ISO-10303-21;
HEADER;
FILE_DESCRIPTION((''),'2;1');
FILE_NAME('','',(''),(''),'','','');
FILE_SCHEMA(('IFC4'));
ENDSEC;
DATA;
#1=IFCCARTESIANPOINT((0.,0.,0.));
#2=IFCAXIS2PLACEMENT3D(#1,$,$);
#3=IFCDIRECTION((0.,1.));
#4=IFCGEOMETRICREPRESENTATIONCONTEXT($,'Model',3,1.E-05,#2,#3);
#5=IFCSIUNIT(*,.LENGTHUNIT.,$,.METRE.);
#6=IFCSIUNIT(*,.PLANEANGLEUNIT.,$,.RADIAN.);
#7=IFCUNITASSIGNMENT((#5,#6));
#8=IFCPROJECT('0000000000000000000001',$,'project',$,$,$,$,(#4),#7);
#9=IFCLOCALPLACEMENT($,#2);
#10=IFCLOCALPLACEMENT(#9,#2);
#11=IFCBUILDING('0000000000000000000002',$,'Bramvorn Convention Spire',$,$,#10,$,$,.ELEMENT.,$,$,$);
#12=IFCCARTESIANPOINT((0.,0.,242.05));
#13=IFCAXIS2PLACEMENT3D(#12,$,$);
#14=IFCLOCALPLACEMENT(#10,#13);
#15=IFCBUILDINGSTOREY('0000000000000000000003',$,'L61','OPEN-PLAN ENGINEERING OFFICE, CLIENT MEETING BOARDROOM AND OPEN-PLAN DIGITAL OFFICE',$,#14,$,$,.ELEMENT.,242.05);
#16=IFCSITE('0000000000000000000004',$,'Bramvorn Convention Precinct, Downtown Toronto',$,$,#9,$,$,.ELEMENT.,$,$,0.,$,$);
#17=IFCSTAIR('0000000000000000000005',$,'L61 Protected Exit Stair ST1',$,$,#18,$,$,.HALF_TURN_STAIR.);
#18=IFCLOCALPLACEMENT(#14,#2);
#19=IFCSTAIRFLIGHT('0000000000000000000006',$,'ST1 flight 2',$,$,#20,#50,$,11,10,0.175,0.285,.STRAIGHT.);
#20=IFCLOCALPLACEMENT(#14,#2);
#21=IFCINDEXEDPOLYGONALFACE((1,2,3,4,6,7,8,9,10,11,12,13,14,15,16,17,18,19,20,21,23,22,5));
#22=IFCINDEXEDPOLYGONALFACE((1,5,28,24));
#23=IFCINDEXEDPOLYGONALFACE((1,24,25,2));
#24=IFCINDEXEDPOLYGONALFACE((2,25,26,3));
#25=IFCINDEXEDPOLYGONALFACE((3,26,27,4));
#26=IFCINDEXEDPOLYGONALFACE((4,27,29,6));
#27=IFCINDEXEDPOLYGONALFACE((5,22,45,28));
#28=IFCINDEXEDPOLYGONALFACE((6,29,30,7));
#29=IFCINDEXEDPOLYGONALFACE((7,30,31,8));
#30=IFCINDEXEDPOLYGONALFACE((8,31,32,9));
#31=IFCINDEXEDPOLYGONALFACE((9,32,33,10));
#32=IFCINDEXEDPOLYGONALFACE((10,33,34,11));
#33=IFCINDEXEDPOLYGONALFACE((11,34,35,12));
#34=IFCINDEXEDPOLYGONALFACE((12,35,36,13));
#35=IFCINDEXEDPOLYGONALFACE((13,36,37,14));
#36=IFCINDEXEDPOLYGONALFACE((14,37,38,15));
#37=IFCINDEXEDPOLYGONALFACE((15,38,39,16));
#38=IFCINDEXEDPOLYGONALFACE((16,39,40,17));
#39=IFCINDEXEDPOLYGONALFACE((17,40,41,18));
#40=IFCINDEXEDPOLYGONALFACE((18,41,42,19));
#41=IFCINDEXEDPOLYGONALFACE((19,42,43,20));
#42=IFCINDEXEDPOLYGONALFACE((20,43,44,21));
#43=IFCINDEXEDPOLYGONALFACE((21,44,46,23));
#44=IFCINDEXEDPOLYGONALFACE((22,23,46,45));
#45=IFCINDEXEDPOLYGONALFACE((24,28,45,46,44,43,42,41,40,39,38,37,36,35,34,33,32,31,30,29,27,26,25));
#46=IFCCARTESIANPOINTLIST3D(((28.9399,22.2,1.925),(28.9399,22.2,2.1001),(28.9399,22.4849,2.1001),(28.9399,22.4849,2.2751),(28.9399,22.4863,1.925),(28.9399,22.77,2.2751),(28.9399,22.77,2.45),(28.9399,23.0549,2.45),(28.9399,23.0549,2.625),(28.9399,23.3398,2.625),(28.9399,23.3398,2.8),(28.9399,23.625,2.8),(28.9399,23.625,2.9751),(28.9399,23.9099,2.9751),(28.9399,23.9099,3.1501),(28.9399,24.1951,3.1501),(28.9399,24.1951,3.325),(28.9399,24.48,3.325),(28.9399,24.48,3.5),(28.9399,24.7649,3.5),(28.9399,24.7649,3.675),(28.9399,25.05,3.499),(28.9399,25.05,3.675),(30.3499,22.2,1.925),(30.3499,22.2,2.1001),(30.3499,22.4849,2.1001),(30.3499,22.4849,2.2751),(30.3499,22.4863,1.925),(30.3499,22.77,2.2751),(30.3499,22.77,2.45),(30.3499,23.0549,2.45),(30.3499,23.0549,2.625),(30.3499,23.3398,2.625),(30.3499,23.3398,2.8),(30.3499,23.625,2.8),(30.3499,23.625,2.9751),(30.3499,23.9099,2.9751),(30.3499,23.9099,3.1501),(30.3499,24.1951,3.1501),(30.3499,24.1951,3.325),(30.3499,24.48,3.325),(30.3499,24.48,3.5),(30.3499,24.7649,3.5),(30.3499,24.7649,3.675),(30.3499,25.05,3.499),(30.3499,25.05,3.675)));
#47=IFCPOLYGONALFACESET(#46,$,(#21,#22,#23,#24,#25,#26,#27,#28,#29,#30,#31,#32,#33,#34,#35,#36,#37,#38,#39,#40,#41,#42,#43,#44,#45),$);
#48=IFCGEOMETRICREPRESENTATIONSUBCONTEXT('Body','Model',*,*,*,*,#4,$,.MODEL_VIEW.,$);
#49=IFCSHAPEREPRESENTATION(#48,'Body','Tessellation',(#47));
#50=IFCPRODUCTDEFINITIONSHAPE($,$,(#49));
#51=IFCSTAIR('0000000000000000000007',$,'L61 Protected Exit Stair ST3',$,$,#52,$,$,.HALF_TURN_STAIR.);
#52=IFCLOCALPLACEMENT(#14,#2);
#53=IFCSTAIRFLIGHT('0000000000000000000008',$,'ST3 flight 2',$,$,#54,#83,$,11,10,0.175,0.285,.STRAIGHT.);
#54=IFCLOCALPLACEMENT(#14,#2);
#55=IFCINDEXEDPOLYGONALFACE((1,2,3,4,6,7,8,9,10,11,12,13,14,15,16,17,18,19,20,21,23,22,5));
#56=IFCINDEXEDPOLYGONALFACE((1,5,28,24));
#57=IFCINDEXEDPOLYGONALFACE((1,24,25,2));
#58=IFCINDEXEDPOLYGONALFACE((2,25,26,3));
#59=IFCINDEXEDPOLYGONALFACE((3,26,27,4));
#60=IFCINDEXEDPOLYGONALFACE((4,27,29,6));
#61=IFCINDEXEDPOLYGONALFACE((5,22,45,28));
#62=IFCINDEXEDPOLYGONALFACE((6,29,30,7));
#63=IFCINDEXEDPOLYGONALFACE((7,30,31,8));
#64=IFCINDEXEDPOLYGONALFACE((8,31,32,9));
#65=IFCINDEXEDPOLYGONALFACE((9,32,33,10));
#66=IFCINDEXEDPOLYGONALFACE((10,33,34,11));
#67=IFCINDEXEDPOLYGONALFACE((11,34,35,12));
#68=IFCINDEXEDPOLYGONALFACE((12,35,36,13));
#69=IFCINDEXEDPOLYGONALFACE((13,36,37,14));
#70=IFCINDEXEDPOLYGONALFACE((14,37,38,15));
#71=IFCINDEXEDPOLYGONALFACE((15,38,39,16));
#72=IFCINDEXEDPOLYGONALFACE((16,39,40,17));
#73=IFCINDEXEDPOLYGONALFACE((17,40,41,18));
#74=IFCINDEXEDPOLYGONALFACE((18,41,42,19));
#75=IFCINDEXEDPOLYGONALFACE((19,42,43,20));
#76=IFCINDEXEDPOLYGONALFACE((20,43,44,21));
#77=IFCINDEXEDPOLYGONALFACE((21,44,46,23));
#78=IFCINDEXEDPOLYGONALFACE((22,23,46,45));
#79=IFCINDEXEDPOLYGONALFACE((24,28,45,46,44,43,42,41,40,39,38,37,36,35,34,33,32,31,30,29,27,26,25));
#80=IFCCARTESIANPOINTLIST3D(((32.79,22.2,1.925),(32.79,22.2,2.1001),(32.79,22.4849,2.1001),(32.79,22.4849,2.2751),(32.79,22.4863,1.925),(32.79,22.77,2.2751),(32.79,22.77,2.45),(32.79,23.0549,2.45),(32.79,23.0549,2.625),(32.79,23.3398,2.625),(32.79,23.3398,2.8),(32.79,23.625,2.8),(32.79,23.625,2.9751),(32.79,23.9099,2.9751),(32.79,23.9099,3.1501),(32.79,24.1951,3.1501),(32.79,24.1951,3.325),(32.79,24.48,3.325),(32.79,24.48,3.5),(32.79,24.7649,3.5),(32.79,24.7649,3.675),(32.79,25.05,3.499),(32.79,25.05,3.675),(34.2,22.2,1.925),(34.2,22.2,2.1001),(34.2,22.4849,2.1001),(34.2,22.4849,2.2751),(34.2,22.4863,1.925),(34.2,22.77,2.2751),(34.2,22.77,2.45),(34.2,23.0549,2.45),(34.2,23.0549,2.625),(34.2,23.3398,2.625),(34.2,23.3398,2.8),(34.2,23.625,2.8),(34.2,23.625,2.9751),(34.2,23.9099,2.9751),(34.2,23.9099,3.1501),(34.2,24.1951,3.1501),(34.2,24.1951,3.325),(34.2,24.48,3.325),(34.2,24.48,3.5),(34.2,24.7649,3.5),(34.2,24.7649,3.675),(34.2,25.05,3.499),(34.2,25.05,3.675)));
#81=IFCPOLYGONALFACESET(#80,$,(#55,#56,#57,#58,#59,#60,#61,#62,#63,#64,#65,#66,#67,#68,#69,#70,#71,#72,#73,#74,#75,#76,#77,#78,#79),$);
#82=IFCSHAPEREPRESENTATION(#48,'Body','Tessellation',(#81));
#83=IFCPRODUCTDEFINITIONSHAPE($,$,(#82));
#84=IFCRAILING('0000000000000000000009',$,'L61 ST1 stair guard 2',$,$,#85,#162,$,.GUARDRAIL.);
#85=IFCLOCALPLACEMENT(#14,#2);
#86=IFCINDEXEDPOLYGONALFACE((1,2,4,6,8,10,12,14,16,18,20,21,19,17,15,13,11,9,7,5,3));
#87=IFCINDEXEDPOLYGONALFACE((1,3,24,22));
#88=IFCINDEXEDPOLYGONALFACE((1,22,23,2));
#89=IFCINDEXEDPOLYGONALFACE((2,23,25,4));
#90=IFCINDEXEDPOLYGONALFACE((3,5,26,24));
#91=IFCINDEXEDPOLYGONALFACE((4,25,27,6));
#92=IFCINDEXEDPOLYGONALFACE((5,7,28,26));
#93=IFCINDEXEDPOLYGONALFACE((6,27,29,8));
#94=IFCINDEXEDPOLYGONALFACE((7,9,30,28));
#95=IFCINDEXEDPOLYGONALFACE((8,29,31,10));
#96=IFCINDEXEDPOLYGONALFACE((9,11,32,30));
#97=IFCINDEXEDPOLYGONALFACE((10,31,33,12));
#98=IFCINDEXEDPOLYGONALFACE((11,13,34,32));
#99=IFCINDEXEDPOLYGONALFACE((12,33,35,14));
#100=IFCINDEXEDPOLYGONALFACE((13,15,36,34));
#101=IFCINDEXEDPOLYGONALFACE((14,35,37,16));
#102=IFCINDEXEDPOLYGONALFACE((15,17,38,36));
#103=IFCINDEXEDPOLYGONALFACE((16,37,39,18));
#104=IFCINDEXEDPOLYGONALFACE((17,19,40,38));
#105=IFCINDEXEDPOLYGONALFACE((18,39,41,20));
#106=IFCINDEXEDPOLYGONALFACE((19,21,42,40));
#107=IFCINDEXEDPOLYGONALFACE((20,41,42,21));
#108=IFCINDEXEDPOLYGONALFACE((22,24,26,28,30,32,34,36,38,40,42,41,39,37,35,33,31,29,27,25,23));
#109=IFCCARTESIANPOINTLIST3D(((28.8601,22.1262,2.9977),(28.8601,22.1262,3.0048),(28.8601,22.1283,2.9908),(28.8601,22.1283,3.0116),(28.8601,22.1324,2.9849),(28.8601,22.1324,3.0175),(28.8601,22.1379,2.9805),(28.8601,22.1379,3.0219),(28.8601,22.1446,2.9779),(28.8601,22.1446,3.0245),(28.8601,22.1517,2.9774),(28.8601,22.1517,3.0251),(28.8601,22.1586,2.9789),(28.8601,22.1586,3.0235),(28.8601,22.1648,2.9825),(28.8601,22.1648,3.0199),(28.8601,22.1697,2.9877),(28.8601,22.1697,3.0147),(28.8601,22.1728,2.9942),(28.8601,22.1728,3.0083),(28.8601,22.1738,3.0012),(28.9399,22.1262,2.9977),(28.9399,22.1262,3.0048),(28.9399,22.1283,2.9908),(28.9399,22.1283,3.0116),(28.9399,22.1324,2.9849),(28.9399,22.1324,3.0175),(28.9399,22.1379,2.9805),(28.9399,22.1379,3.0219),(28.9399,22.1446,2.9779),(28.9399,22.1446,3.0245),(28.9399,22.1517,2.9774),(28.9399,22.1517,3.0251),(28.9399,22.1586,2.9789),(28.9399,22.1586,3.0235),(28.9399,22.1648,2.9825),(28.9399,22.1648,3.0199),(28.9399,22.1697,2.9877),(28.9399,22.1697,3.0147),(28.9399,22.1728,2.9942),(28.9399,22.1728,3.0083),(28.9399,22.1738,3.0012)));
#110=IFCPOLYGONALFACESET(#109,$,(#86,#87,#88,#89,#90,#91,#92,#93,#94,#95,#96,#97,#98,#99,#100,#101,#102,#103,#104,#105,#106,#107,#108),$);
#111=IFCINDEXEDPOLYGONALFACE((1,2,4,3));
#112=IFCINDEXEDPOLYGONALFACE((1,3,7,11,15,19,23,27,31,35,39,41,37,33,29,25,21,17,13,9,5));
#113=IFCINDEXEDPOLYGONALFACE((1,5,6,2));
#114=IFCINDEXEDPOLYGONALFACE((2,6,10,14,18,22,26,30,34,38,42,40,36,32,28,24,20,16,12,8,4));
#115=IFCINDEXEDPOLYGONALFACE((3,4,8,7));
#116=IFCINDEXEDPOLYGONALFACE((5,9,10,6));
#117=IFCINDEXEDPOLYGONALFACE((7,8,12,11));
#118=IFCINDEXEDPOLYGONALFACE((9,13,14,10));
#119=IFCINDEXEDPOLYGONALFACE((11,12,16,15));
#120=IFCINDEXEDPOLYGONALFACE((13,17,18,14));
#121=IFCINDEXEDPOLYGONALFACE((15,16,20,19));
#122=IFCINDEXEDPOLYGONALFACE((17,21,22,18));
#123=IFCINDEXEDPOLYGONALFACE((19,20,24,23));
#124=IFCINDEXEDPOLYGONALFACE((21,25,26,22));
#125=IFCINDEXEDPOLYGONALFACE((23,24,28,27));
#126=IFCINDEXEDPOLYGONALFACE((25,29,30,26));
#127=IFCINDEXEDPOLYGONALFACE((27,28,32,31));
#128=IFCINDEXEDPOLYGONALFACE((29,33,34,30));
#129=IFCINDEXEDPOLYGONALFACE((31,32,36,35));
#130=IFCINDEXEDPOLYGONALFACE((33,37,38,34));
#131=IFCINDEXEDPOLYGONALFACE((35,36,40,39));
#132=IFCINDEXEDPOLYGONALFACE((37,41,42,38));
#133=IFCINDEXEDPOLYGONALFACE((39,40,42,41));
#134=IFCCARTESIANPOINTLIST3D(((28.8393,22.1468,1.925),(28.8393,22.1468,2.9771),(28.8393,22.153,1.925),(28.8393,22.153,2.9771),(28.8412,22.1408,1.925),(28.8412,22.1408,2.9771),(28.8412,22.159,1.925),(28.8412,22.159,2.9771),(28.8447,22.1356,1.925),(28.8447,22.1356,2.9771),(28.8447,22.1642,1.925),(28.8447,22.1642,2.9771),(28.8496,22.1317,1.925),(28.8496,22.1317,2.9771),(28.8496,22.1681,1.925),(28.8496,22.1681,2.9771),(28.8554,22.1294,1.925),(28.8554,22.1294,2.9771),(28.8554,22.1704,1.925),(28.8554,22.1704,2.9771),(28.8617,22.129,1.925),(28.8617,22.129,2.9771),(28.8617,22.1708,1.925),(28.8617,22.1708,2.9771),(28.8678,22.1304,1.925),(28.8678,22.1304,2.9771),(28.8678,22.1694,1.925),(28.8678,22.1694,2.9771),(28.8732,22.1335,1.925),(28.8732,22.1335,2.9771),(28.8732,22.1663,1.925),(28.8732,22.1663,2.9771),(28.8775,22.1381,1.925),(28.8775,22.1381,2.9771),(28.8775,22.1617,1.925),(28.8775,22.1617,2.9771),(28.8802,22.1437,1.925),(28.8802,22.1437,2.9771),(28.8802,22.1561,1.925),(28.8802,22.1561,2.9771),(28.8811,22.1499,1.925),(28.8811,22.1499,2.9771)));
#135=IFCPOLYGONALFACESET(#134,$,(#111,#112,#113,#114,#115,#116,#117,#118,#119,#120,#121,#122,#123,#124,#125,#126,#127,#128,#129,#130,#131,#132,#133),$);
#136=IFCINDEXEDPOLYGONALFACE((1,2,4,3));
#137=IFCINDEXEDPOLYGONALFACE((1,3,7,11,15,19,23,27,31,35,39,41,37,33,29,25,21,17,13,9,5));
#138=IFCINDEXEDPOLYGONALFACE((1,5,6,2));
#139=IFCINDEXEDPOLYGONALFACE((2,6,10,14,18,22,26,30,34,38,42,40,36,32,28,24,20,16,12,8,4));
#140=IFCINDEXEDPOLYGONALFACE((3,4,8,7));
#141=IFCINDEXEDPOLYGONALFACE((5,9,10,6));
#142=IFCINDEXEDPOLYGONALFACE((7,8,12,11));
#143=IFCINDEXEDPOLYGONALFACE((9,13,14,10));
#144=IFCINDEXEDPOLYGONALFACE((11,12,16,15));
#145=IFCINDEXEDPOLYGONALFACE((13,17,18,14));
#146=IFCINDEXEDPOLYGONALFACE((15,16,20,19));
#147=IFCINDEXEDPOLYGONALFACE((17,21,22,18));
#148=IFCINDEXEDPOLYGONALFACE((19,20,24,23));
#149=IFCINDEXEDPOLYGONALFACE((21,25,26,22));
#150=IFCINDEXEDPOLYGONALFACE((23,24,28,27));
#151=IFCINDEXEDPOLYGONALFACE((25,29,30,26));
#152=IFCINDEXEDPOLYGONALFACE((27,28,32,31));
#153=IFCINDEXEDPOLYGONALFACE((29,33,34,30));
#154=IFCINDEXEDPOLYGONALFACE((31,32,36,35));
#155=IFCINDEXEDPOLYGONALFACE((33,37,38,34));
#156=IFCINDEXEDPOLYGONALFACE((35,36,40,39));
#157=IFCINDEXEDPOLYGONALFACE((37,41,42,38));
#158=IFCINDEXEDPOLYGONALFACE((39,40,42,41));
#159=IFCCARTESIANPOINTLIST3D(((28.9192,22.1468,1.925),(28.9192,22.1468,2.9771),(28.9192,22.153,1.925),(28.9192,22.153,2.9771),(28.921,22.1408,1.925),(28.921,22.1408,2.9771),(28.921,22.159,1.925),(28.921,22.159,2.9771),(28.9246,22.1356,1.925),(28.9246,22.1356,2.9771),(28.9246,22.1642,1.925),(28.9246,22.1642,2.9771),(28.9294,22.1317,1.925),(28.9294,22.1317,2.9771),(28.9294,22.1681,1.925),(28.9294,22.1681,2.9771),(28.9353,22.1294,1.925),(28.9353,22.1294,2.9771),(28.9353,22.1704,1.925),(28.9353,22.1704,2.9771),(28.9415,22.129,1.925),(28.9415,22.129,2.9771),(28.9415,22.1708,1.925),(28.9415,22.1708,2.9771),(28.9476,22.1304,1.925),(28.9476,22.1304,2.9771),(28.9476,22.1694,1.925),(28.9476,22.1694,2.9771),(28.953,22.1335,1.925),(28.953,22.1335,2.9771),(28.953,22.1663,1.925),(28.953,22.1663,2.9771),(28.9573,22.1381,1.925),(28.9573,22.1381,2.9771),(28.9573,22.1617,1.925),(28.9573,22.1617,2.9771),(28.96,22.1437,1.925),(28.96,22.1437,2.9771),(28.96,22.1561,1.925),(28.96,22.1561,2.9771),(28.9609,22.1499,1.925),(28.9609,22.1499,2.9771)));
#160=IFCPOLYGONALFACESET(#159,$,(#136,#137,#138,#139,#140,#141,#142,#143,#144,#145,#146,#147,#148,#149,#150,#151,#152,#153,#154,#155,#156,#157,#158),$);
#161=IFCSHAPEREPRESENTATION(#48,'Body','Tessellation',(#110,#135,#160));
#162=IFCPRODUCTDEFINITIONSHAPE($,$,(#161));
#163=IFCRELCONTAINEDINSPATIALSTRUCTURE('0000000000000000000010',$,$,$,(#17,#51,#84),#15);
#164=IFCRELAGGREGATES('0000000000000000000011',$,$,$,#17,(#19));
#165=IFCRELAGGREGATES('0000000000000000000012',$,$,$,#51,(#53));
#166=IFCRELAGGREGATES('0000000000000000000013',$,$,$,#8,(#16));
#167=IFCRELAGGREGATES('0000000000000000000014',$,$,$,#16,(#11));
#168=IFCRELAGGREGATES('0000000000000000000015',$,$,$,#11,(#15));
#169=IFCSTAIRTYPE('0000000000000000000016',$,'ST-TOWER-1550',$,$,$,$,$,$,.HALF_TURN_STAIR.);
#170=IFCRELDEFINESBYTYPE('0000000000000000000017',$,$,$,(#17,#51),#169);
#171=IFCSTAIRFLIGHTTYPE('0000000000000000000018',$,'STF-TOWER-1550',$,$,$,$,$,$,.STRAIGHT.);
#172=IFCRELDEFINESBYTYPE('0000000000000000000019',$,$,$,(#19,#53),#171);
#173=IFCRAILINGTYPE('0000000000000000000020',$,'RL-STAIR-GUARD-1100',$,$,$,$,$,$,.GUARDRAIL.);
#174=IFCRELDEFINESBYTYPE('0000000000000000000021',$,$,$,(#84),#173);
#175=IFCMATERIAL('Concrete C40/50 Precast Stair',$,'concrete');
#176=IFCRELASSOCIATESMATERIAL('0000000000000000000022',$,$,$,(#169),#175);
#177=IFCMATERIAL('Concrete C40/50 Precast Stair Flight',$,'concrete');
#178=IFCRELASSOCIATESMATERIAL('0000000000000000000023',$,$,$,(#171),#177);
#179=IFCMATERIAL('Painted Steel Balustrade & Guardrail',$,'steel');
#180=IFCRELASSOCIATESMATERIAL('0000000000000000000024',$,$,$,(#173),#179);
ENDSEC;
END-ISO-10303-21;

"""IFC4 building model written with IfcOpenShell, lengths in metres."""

from ifc_helpers import new_model, si_unit, direction, frame, origin, origin_2d, place, context, subcontext, project, spatial, polyline, circle, outline, extrude, material, type_object, element, aggregate, save


model = new_model("IFC4")

# Units and contexts
model_context = context("Model", 3, precision=1e-05, world=origin(), true_north=direction((0.0, 1.0)))
body_context = subcontext(model_context, "Body", "Model", "MODEL_VIEW")
ifc_project = project(units=[si_unit("LENGTHUNIT", "METRE"), si_unit("PLANEANGLEUNIT", "RADIAN")], contexts=[model_context])

# Site, building, storey
site_placement = place(None, origin())
site = spatial("IfcSite", under=ifc_project, at=site_placement, Name="Bramvorn Convention Precinct, Downtown Toronto", CompositionType="ELEMENT", RefElevation=0.0)
building_placement = place(site_placement, origin())
building = spatial("IfcBuilding", under=site, at=building_placement, Name="Bramvorn Convention Spire", CompositionType="ELEMENT")
storey_placement = place(building_placement, frame((0.0, 0.0, 242.05)))
storey = spatial("IfcBuildingStorey", under=building, at=storey_placement, Name="L61", Description="OPEN-PLAN ENGINEERING OFFICE, CLIENT MEETING BOARDROOM AND OPEN-PLAN DIGITAL OFFICE", CompositionType="ELEMENT", Elevation=242.05)

# Stairs, stair flights
ifc_material_1 = material(Name="Concrete C40/50 Precast Stair", Category="concrete")
stair_type = type_object("IfcStairType", Name="ST-TOWER-1550", PredefinedType="HALF_TURN_STAIR", material=ifc_material_1)
stair_1_placement = place(storey_placement, origin())
stair_1 = element("IfcStair", 1, at=stair_1_placement, inside=storey, type_object=stair_type, Name="L61 Protected Exit Stair ST1", PredefinedType="HALF_TURN_STAIR")
ifc_material_2 = material(Name="Concrete C40/50 Precast Stair Flight", Category="concrete")
stair_flight_type = type_object("IfcStairFlightType", Name="STF-TOWER-1550", PredefinedType="STRAIGHT", material=ifc_material_2)
stair_flight_1_placement = place(storey_placement, frame((29.645, 22.2, 1.925), z_axis=(0.0, 0.0, 1.0), x_axis=(0.0, 1.0, 0.0)))
stair_flight_1 = element("IfcStairFlight", 2, at=stair_flight_1_placement, type_object=stair_flight_type, Name="ST1 flight 2", NumberOfRisers=11, NumberOfTreads=10, PredefinedType="STRAIGHT", RiserHeight=0.175, TreadLength=0.285, context=body_context, shape_type="SweptSolid", body=[
    extrude(outline(polyline([(0.0, 0.0), (0.0, 0.175), (0.2849, 0.175), (0.2849, 0.3501), (0.5701, 0.3501), (0.5701, 0.5249), (0.855, 0.5249), (0.855, 0.7), (1.1399, 0.7), (1.1399, 0.875), (1.425, 0.875), (1.425, 1.05), (1.71, 1.05), (1.71, 1.2251), (1.9951, 1.2251), (1.9951, 1.3999), (2.28, 1.3999), (2.28, 1.575), (2.5649, 1.575), (2.5649, 1.75), (2.8501, 1.75), (2.8501, 1.925), (2.8501, 1.574), (0.2864, 0.0), (0.0, 0.0)])), frame((0.0, 0.7051, 0.0), z_axis=(0.0, -1.0, 0.0), x_axis=(1.0, 0.0, 0.0)), (0.0, 0.0, 1.0), 1.4099),
])
aggregate(stair_1, [stair_flight_1])
stair_2_placement = place(storey_placement, origin())
stair_2 = element("IfcStair", 3, at=stair_2_placement, inside=storey, type_object=stair_type, Name="L61 Protected Exit Stair ST3", PredefinedType="HALF_TURN_STAIR")
stair_flight_2_placement = place(storey_placement, frame((33.4951, 22.2, 1.925), z_axis=(0.0, 0.0, 1.0), x_axis=(0.0, 1.0, 0.0)))
stair_flight_2 = element("IfcStairFlight", 4, at=stair_flight_2_placement, type_object=stair_flight_type, Name="ST3 flight 2", NumberOfRisers=11, NumberOfTreads=10, PredefinedType="STRAIGHT", RiserHeight=0.175, TreadLength=0.285, context=body_context, shape_type="SweptSolid", body=[
    extrude(outline(polyline([(0.0, 0.0), (0.0, 0.175), (0.2849, 0.175), (0.2849, 0.3501), (0.5701, 0.3501), (0.5701, 0.5249), (0.855, 0.5249), (0.855, 0.7), (1.1399, 0.7), (1.1399, 0.875), (1.425, 0.875), (1.425, 1.05), (1.71, 1.05), (1.71, 1.2251), (1.9951, 1.2251), (1.9951, 1.3999), (2.28, 1.3999), (2.28, 1.575), (2.5649, 1.575), (2.5649, 1.75), (2.8501, 1.75), (2.8501, 1.925), (2.8501, 1.574), (0.2864, 0.0), (0.0, 0.0)])), frame((0.0, 0.7051, 0.0), z_axis=(0.0, -1.0, 0.0), x_axis=(1.0, 0.0, 0.0)), (0.0, 0.0, 1.0), 1.4099),
])
aggregate(stair_2, [stair_flight_2])

# Railing
ifc_material_3 = material(Name="Painted Steel Balustrade & Guardrail", Category="steel")
railing_type_1 = type_object("IfcRailingType", Name="RL-STAIR-GUARD-1100", PredefinedType="GUARDRAIL", material=ifc_material_3)
railing_1_placement = place(storey_placement, frame((28.8601, 22.1499, 1.925)))
element("IfcRailing", 5, at=railing_1_placement, inside=storey, type_object=railing_type_1, Name="L61 ST1 stair guard 2", PredefinedType="GUARDRAIL", context=body_context, shape_type="SweptSolid", body=[
    extrude(circle(Radius=0.0239, at=origin_2d()), frame((0.0, 0.0, 1.0762), z_axis=(1.0, 0.0, 0.0), x_axis=(0.0, 1.0, 0.0)), (0.0, 0.0, 1.0), 0.0798),
    extrude(circle(Radius=0.021, at=origin_2d()), origin(), (0.0, 0.0, 1.0), 1.052),
    extrude(circle(Radius=0.021, at=origin_2d()), frame((0.0798, 0.0, 0.0)), (0.0, 0.0, 1.0), 1.052),
])

save(model, "model.ifc")
